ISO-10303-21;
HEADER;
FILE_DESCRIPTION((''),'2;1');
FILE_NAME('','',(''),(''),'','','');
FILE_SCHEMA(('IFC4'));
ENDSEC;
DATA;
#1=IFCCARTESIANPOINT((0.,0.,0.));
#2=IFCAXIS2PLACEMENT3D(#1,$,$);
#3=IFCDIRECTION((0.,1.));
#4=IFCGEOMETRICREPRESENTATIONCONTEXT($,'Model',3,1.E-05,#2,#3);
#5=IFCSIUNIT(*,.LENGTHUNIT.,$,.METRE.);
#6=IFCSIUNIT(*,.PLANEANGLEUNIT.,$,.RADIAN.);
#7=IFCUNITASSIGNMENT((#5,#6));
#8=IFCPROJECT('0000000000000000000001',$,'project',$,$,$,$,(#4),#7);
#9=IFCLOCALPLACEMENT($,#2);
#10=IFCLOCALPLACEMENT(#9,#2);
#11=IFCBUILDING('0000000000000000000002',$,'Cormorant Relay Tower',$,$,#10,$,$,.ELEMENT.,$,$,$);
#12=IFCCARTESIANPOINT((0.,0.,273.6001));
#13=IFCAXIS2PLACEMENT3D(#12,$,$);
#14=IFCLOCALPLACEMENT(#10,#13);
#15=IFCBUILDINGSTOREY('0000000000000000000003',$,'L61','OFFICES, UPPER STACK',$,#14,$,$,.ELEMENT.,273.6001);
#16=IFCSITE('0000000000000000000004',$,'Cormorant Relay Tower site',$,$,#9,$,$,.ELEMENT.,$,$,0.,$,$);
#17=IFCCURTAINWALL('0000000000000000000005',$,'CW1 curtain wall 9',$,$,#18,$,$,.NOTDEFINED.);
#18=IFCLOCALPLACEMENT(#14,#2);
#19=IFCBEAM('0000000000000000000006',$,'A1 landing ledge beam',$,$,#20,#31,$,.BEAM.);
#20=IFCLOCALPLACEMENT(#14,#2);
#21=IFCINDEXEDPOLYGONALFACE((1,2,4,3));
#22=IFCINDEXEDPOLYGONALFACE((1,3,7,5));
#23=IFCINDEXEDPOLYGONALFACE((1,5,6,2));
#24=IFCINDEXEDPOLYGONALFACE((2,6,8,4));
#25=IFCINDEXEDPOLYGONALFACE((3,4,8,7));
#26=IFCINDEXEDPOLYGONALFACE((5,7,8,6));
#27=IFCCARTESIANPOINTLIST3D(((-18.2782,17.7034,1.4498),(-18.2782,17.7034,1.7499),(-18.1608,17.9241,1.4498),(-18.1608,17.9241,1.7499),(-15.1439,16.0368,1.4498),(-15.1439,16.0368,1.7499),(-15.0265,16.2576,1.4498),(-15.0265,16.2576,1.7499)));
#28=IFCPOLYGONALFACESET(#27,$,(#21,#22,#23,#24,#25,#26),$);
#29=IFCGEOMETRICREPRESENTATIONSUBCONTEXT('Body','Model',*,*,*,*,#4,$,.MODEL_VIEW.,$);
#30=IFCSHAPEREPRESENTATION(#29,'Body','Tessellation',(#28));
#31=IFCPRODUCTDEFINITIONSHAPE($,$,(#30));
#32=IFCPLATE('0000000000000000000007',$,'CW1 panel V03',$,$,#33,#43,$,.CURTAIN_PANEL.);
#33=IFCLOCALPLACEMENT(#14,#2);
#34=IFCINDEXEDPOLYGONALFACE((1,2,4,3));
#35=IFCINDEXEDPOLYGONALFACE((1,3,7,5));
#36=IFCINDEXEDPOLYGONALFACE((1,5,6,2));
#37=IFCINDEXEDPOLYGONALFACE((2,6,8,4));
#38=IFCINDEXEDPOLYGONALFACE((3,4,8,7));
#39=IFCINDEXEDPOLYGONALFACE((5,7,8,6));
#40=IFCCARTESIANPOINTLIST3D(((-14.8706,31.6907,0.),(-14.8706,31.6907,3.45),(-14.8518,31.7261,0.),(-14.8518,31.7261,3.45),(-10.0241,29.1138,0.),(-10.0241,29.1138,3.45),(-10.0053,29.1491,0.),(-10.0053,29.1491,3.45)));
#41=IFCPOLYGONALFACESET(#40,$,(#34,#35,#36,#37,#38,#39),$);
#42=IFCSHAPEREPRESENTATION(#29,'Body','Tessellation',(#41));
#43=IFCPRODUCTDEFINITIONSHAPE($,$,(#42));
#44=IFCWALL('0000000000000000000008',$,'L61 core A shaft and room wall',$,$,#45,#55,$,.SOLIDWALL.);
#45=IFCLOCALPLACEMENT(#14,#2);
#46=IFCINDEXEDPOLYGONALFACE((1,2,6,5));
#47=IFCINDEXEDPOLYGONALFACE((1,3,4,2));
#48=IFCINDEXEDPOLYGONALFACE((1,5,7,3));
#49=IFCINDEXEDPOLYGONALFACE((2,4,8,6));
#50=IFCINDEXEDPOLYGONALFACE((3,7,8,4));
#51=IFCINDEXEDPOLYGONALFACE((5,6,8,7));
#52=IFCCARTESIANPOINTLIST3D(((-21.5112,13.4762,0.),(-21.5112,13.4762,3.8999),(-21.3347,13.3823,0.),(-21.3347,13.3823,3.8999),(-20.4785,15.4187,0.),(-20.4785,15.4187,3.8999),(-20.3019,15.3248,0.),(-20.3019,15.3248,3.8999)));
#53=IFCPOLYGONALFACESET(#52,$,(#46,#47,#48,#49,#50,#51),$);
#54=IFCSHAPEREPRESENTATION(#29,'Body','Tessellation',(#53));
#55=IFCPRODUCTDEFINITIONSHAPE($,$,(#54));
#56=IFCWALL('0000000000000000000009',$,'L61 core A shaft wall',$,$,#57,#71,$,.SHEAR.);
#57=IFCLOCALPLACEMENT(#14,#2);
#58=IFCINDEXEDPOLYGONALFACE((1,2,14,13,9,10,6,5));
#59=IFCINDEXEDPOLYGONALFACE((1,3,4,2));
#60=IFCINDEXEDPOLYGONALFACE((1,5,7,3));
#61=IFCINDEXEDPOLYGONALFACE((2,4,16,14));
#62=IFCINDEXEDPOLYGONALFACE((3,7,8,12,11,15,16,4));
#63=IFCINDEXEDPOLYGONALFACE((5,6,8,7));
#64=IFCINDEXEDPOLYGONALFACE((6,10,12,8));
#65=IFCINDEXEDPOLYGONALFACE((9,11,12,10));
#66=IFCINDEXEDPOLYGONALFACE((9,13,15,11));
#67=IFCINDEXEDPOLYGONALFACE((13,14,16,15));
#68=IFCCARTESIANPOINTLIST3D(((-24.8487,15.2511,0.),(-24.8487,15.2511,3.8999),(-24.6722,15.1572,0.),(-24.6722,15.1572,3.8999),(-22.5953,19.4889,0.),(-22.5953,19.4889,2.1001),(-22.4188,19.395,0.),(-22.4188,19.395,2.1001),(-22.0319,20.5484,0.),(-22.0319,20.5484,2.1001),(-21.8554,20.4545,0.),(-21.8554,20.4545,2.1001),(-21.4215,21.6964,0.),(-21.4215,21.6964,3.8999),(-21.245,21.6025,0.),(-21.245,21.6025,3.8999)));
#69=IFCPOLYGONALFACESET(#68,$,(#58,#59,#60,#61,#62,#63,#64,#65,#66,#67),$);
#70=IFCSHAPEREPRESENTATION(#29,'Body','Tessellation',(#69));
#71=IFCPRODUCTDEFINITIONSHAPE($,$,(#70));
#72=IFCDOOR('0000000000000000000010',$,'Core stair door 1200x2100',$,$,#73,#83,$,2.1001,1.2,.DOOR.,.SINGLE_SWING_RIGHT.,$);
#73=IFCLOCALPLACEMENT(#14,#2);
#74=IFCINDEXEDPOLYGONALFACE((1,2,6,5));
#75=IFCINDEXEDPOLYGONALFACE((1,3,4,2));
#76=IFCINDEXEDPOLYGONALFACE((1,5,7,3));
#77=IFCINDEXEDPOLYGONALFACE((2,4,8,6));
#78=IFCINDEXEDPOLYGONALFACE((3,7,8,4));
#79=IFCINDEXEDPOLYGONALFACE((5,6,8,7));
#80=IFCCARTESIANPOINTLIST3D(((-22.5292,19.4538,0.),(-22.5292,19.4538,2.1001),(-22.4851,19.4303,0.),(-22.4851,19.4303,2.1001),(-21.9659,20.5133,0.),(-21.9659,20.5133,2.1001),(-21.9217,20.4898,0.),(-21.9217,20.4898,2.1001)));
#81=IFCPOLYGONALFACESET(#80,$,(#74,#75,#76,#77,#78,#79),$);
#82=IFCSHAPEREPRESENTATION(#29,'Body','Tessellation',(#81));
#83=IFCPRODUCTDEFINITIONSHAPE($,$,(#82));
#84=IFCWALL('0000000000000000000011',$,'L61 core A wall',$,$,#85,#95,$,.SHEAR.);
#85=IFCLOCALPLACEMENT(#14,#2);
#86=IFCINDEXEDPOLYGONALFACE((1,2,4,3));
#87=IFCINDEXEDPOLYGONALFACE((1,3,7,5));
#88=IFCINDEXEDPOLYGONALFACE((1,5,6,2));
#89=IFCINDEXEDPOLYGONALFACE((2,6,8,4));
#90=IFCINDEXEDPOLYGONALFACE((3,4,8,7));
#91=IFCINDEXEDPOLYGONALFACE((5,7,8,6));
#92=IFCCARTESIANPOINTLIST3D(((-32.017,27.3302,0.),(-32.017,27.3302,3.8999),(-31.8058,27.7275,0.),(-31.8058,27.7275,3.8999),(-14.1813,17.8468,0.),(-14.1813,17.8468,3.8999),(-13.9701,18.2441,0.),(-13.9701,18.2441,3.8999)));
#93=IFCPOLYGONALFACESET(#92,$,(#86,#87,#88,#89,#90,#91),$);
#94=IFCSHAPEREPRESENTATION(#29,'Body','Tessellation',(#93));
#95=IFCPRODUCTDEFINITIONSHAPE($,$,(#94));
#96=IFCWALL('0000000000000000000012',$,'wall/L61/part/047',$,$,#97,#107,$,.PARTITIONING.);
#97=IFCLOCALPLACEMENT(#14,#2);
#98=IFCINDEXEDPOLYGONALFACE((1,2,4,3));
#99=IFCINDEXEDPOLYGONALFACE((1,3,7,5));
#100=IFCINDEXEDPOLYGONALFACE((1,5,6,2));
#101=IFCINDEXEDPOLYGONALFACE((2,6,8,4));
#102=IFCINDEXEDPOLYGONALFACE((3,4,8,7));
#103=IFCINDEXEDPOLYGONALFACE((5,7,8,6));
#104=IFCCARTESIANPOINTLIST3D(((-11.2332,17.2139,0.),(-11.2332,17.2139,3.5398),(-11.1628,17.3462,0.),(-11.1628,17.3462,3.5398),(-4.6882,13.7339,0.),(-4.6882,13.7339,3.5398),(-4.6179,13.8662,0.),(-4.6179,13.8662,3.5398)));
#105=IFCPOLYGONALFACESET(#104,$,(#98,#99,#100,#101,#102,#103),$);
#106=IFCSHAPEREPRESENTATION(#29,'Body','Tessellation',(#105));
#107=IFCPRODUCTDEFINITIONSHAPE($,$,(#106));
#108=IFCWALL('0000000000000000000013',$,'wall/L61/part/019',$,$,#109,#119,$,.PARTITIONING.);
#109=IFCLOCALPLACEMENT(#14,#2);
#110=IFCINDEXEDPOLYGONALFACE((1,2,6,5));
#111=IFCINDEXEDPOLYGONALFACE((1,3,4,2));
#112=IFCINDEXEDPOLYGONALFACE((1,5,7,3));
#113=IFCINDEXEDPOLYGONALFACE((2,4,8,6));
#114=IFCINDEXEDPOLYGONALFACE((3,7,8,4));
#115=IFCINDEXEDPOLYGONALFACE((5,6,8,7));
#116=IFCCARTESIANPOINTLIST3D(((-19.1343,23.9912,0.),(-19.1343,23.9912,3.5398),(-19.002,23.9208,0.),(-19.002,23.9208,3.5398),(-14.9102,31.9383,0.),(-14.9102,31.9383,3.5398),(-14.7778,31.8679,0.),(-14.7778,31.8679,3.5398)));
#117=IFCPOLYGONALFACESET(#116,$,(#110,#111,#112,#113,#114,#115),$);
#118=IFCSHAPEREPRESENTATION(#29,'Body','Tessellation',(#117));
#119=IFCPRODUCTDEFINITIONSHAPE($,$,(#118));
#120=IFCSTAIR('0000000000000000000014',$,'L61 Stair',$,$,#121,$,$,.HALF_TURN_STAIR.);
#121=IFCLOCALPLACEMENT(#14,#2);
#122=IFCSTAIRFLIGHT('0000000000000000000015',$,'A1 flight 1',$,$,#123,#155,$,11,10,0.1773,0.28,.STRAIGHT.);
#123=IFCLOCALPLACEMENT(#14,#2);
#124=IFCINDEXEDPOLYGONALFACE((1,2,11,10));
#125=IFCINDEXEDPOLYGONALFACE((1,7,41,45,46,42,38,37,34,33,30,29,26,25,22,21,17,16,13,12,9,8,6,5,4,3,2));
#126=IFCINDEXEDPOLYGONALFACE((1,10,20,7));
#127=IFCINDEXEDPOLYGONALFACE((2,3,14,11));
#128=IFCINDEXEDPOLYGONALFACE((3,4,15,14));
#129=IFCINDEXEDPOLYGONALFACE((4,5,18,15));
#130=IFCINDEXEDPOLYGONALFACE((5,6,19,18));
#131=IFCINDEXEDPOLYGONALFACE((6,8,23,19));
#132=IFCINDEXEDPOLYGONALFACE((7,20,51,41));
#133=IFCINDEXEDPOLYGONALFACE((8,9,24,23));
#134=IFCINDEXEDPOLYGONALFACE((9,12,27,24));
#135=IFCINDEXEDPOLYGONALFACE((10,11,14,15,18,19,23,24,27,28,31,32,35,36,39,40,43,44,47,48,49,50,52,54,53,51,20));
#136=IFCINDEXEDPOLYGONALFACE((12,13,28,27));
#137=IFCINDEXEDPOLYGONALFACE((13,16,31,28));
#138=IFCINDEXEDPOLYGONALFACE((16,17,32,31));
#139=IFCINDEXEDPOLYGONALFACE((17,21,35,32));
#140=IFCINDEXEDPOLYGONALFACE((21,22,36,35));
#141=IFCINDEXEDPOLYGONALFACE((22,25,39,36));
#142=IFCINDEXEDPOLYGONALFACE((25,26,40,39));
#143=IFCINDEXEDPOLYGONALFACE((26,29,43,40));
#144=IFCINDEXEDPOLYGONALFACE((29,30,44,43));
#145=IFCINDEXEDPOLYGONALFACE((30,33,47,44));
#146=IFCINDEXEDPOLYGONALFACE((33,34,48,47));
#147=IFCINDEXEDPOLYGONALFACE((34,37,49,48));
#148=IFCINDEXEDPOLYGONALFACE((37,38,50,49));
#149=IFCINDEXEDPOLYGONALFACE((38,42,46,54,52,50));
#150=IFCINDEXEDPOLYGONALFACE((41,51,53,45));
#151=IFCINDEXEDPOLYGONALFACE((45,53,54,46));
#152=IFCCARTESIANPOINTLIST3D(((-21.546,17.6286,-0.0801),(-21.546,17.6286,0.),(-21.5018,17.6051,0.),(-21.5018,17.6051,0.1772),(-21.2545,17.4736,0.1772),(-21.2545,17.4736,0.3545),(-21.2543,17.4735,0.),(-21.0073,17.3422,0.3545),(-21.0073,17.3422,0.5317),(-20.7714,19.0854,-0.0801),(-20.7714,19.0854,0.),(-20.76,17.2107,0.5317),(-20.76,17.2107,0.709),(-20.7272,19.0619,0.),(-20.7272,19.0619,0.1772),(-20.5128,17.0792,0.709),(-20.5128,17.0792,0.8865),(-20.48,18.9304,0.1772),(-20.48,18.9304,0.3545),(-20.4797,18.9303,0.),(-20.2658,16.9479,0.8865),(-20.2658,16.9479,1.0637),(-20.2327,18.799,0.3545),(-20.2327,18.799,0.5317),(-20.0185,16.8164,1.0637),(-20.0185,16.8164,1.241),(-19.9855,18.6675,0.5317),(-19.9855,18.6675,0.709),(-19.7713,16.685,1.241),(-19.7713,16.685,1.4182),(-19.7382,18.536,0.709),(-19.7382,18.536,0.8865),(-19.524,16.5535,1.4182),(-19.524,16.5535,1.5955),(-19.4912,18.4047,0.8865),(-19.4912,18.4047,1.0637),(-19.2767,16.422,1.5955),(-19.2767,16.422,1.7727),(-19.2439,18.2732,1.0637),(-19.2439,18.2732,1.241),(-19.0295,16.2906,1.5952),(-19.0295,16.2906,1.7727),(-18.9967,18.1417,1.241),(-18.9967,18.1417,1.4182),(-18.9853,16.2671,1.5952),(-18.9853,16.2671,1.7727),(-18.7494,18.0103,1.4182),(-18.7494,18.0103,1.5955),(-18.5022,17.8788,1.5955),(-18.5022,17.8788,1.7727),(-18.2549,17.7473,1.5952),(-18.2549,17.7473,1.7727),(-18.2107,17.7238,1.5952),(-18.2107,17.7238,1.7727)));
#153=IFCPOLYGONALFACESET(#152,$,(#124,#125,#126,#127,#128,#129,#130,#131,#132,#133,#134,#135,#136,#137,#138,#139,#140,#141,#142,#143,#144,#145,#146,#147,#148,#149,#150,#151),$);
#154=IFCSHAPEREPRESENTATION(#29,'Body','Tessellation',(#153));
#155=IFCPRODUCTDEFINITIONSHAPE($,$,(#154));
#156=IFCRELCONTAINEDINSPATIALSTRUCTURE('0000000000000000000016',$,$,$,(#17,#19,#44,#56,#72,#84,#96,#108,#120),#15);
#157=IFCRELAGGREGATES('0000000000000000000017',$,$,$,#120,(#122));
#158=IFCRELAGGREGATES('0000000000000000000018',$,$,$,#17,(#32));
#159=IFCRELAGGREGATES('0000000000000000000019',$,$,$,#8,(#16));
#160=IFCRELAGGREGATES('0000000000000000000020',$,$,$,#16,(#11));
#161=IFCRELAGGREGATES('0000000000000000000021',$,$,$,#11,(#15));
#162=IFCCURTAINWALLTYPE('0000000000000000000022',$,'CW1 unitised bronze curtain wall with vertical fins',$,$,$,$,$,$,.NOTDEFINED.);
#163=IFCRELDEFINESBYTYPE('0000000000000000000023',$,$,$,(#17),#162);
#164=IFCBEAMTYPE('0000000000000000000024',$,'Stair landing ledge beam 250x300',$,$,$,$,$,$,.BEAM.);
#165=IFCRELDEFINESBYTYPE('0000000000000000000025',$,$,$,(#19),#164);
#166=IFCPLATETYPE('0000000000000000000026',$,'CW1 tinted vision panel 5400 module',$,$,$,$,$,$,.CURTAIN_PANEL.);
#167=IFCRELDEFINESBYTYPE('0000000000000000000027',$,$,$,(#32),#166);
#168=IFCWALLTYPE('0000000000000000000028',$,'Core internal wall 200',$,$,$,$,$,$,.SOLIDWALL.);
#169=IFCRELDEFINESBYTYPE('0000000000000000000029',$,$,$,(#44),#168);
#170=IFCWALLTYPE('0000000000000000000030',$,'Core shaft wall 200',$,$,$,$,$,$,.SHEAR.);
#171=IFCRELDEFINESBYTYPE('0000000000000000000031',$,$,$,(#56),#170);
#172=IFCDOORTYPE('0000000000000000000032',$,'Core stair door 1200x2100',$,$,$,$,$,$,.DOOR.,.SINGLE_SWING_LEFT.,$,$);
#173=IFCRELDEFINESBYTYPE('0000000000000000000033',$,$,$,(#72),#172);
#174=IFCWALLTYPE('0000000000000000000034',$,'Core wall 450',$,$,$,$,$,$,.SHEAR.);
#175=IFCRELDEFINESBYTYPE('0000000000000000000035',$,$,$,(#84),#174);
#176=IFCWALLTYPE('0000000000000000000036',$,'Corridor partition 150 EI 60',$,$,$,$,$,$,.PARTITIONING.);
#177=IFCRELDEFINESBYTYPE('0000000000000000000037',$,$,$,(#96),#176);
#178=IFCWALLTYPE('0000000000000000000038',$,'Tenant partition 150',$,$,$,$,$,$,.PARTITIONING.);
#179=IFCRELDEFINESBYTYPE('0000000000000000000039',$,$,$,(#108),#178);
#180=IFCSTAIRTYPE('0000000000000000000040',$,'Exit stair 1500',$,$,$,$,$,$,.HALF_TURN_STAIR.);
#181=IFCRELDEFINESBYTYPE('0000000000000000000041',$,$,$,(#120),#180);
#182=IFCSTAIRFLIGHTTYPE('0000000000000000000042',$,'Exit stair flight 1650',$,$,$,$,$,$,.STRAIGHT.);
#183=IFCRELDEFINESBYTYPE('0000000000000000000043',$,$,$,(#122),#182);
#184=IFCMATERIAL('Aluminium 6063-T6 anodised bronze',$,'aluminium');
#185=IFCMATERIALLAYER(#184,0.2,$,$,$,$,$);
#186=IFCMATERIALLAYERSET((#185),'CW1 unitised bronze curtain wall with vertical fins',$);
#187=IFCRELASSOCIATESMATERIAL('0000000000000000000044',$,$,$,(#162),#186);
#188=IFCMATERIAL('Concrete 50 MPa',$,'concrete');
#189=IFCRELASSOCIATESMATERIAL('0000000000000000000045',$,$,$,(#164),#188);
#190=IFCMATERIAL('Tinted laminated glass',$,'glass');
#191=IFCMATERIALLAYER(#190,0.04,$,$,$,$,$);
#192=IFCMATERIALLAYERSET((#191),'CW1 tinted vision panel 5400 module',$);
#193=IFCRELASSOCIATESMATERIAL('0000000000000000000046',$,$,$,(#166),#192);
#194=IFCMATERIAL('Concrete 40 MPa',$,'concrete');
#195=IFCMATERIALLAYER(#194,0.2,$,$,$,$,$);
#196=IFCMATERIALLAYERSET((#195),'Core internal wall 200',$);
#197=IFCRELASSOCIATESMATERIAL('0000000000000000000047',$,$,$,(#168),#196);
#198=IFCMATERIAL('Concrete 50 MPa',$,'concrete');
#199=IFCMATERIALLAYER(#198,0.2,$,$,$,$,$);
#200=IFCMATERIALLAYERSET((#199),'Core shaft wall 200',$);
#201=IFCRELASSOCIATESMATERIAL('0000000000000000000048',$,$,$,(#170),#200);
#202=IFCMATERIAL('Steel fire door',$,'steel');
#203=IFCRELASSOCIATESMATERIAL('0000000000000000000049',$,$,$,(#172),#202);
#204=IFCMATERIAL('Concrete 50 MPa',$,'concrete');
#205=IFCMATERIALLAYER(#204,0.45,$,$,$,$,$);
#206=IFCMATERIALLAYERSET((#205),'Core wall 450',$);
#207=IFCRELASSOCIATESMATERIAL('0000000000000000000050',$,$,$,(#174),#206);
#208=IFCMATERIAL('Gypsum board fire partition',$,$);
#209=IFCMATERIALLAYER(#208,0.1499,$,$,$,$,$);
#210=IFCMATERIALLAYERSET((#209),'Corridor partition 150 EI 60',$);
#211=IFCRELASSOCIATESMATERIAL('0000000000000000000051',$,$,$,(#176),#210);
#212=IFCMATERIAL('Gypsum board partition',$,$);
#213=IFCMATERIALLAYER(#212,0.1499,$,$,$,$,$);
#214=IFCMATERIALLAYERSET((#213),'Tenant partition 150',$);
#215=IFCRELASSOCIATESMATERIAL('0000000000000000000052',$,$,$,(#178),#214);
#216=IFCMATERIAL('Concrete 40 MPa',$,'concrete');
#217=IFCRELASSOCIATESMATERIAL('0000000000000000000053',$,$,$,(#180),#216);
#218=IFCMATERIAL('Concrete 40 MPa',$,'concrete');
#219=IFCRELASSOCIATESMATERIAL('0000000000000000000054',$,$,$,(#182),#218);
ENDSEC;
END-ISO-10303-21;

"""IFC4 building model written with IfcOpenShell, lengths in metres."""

from ifc_helpers import new_model, si_unit, direction, frame, frame_2d, origin, origin_2d, place, context, subcontext, project, spatial, polyline, rectangle, outline, extrude, material, layer, layer_set, material_profile, profile_set, type_object, element, fill, aggregate, save


model = new_model("IFC4")

# Units and contexts
model_context = context("Model", 3, precision=1e-05, world=origin(), true_north=direction((0.0, 1.0)))
body_context = subcontext(model_context, "Body", "Model", "MODEL_VIEW")
ifc_project = project(units=[si_unit("LENGTHUNIT", "METRE"), si_unit("PLANEANGLEUNIT", "RADIAN")], contexts=[model_context])

# Site, building, storey
site_placement = place(None, origin())
site = spatial("IfcSite", under=ifc_project, at=site_placement, Name="Cormorant Relay Tower site", CompositionType="ELEMENT", RefElevation=0.0)
building_placement = place(site_placement, origin())
building = spatial("IfcBuilding", under=site, at=building_placement, Name="Cormorant Relay Tower", CompositionType="ELEMENT")
storey_placement = place(building_placement, frame((0.0, 0.0, 273.6001)))
storey = spatial("IfcBuildingStorey", under=building, at=storey_placement, Name="L61", Description="OFFICES, UPPER STACK", CompositionType="ELEMENT", Elevation=273.6001)

# Curtain wall
ifc_material_1 = material(Name="Aluminium 6063-T6 anodised bronze", Category="aluminium")
ifc_layer_1 = layer(ifc_material_1, 0.2)
ifc_layer_set_1 = layer_set([ifc_layer_1], Name="CW1 unitised bronze curtain wall with vertical fins")
curtain_wall_type = type_object("IfcCurtainWallType", Name="CW1 unitised bronze curtain wall with vertical fins", PredefinedType="NOTDEFINED", material=ifc_layer_set_1)
curtain_wall_placement = place(storey_placement, origin())
curtain_wall = element("IfcCurtainWall", 1, at=curtain_wall_placement, inside=storey, type_object=curtain_wall_type, Name="CW1 curtain wall 9", PredefinedType="NOTDEFINED")

# Beam
ifc_material_2 = material(Name="Concrete 50 MPa", Category="concrete")
ifc_material_profile_1 = material_profile(ifc_material_2, rectangle(XDim=0.25, YDim=0.3, at=origin_2d()), Name="RC 250x300")
ifc_profile_set_1 = profile_set([ifc_material_profile_1], Name="Concrete 50 MPa")
beam_type_1 = type_object("IfcBeamType", Name="Stair landing ledge beam 250x300", PredefinedType="BEAM", material=ifc_profile_set_1)
beam_1_placement = place(storey_placement, frame((-18.2195, 17.8137, 1.5999), z_axis=(0.88295, -0.469467, 0.0), x_axis=(0.469467, 0.88295, 0.0)))
element("IfcBeam", 2, at=beam_1_placement, inside=storey, type_object=beam_type_1, Name="A1 landing ledge beam", PredefinedType="BEAM", context=body_context, shape_type="SweptSolid", body=[
    extrude(rectangle(XDim=0.25, YDim=0.3, at=origin_2d()), origin(), (0.0, 0.0, 1.0), 3.5498),
])

# Plate
ifc_material_3 = material(Name="Tinted laminated glass", Category="glass")
ifc_layer_2 = layer(ifc_material_3, 0.04)
ifc_layer_set_2 = layer_set([ifc_layer_2], Name="CW1 tinted vision panel 5400 module")
plate_type = type_object("IfcPlateType", Name="CW1 tinted vision panel 5400 module", PredefinedType="CURTAIN_PANEL", material=ifc_layer_set_2)
plate_placement = place(storey_placement, frame((-12.438, 30.4199, 0.0), z_axis=(0.0, 0.0, 1.0), x_axis=(-0.882948, 0.469472, 0.0)))
plate = element("IfcPlate", 3, at=plate_placement, type_object=plate_type, Name="CW1 panel V03", PredefinedType="CURTAIN_PANEL", context=body_context, shape_type="SweptSolid", body=[
    extrude(rectangle(XDim=5.489, YDim=0.04, at=origin_2d()), origin(), (0.0, 0.0, 1.0), 3.45),
])

# Wall
ifc_material_4 = material(Name="Concrete 40 MPa", Category="concrete")
ifc_layer_3 = layer(ifc_material_4, 0.2)
ifc_layer_set_3 = layer_set([ifc_layer_3], Name="Core internal wall 200")
wall_type_1 = type_object("IfcWallType", Name="Core internal wall 200", PredefinedType="SOLIDWALL", material=ifc_layer_set_3)
wall_1_placement = place(storey_placement, frame((-20.3901, 15.3718, 0.0), z_axis=(0.0, 0.0, 1.0), x_axis=(-0.469447, -0.88296, 0.0)))
element("IfcWall", 4, at=wall_1_placement, inside=storey, type_object=wall_type_1, Name="L61 core A shaft and room wall", PredefinedType="SOLIDWALL", context=body_context, shape_type="SweptSolid", body=[
    extrude(rectangle(XDim=2.2, YDim=0.2, at=frame_2d((1.1001, 0.0))), origin(), (0.0, 0.0, 1.0), 3.8999),
])

# Wall, opening, door
ifc_material_5 = material(Name="Concrete 50 MPa", Category="concrete")
ifc_layer_4 = layer(ifc_material_5, 0.2)
ifc_layer_set_4 = layer_set([ifc_layer_4], Name="Core shaft wall 200")
wall_type_2 = type_object("IfcWallType", Name="Core shaft wall 200", PredefinedType="SHEAR", material=ifc_layer_set_4)
wall_2_placement = place(storey_placement, frame((-21.3333, 21.6494, 0.0), z_axis=(0.0, 0.0, 1.0), x_axis=(-0.469494, -0.882936, 0.0)))
wall_2 = element("IfcWall", 5, at=wall_2_placement, inside=storey, type_object=wall_type_2, Name="L61 core A shaft wall", PredefinedType="SHEAR", context=body_context, shape_type="SweptSolid", body=[
    extrude(rectangle(XDim=7.2998, YDim=0.2, at=frame_2d((3.6499, 0.0))), origin(), (0.0, 0.0, 1.0), 3.8999),
])
opening_1_placement = place(wall_2_placement, frame((1.3, 0.0, 0.0)))
opening_1 = element("IfcOpeningElement", 6, at=opening_1_placement, cuts=wall_2, PredefinedType="OPENING", context=body_context, shape_type="SweptSolid", body=[
    extrude(rectangle(XDim=1.2, YDim=2.1001, at=frame_2d((0.6001, 1.05))), frame((0.0, 0.1099, 0.0), z_axis=(0.0, -1.0, 0.0), x_axis=(1.0, 0.0, 0.0)), (0.0, 0.0, 1.0), 0.22),
])
ifc_material_6 = material(Name="Steel fire door", Category="steel")
door_type_1 = type_object("IfcDoorType", Name="Core stair door 1200x2100", OperationType="SINGLE_SWING_LEFT", PredefinedType="DOOR", material=ifc_material_6)
door_1_placement = place(opening_1_placement, origin())
door_1 = element("IfcDoor", 7, at=door_1_placement, inside=storey, type_object=door_type_1, Name="Core stair door 1200x2100", OperationType="SINGLE_SWING_RIGHT", OverallHeight=2.1001, OverallWidth=1.2, PredefinedType="DOOR", context=body_context, shape_type="SweptSolid", body=[
    extrude(rectangle(XDim=1.2, YDim=2.1001, at=frame_2d((0.6001, 1.05))), frame((0.0, 0.0249, 0.0), z_axis=(0.0, -1.0, 0.0), x_axis=(1.0, 0.0, 0.0)), (0.0, 0.0, 1.0), 0.05),
])
fill(opening_1, door_1)
ifc_material_7 = material(Name="Concrete 50 MPa", Category="concrete")
ifc_layer_5 = layer(ifc_material_7, 0.45)
ifc_layer_set_5 = layer_set([ifc_layer_5], Name="Core wall 450")
wall_type_3 = type_object("IfcWallType", Name="Core wall 450", PredefinedType="SHEAR", material=ifc_layer_set_5)

# Walls
wall_3_placement = place(storey_placement, frame((-14.0757, 18.0454, 0.0), z_axis=(0.0, 0.0, 1.0), x_axis=(-0.882948, 0.469471, 0.0)))
element("IfcWall", 8, at=wall_3_placement, inside=storey, type_object=wall_type_3, Name="L61 core A wall", PredefinedType="SHEAR", context=body_context, shape_type="SweptSolid", body=[
    extrude(rectangle(XDim=20.2002, YDim=0.45, at=frame_2d((10.1001, 0.0))), origin(), (0.0, 0.0, 1.0), 3.8999),
])
ifc_material_8 = material(Name="Gypsum board fire partition")
ifc_layer_6 = layer(ifc_material_8, 0.1499)
ifc_layer_set_6 = layer_set([ifc_layer_6], Name="Corridor partition 150 EI 60")
wall_type_4 = type_object("IfcWallType", Name="Corridor partition 150 EI 60", PredefinedType="PARTITIONING", material=ifc_layer_set_6)
wall_4_placement = place(storey_placement, frame((-11.198, 17.28, 0.0), z_axis=(0.0, 0.0, 1.0), x_axis=(0.882948, -0.46947, 0.0)))
element("IfcWall", 9, at=wall_4_placement, inside=storey, type_object=wall_type_4, Name="wall/L61/part/047", PredefinedType="PARTITIONING", context=body_context, shape_type="SweptSolid", body=[
    extrude(rectangle(XDim=7.4126, YDim=0.1499, at=frame_2d((3.7063, 0.0))), origin(), (0.0, 0.0, 1.0), 3.5398),
])
ifc_material_9 = material(Name="Gypsum board partition")
ifc_layer_7 = layer(ifc_material_9, 0.1499)
ifc_layer_set_7 = layer_set([ifc_layer_7], Name="Tenant partition 150")
wall_type_5 = type_object("IfcWallType", Name="Tenant partition 150", PredefinedType="PARTITIONING", material=ifc_layer_set_7)
wall_5_placement = place(storey_placement, frame((-14.844, 31.9031, 0.0), z_axis=(0.0, 0.0, 1.0), x_axis=(-0.469352, -0.883011, 0.0)))
element("IfcWall", 10, at=wall_5_placement, inside=storey, type_object=wall_type_5, Name="wall/L61/part/019", PredefinedType="PARTITIONING", context=body_context, shape_type="SweptSolid", body=[
    extrude(rectangle(XDim=9.0, YDim=0.1499, at=frame_2d((4.5, 0.0))), origin(), (0.0, 0.0, 1.0), 3.5398),
])

# Stair, stair flight
ifc_material_10 = material(Name="Concrete 40 MPa", Category="concrete")
stair_type = type_object("IfcStairType", Name="Exit stair 1500", PredefinedType="HALF_TURN_STAIR", material=ifc_material_10)
stair_placement = place(storey_placement, origin())
stair = element("IfcStair", 11, at=stair_placement, inside=storey, type_object=stair_type, Name="L61 Stair", PredefinedType="HALF_TURN_STAIR")
ifc_material_11 = material(Name="Concrete 40 MPa", Category="concrete")
stair_flight_type = type_object("IfcStairFlightType", Name="Exit stair flight 1650", PredefinedType="STRAIGHT", material=ifc_material_11)
stair_flight_1_placement = place(storey_placement, frame((-21.1145, 18.3335, 0.0), z_axis=(0.0, 0.0, 1.0), x_axis=(0.882948, -0.469472, 0.0)))
stair_flight_1 = element("IfcStairFlight", 12, at=stair_flight_1_placement, type_object=stair_flight_type, Name="A1 flight 1", NumberOfRisers=11, NumberOfTreads=10, PredefinedType="STRAIGHT", RiserHeight=0.1773, TreadLength=0.28, context=body_context, shape_type="SweptSolid", body=[
    extrude(outline(polyline([(-0.05, -0.0801), (-0.05, 0.0), (0.0, 0.0), (0.0, 0.1772), (0.28, 0.1772), (0.28, 0.3545), (0.5601, 0.3545), (0.5601, 0.5317), (0.8401, 0.5317), (0.8401, 0.709), (1.1201, 0.709), (1.1201, 0.8865), (1.3999, 0.8865), (1.3999, 1.0637), (1.6799, 1.0637), (1.6799, 1.241), (1.96, 1.241), (1.96, 1.4182), (2.24, 1.4182), (2.24, 1.5955), (2.52, 1.5955), (2.52, 1.7727), (2.8, 1.7727), (2.8501, 1.7727), (2.8501, 1.5952), (2.8, 1.5952), (0.2803, 0.0), (-0.05, -0.0801)])), frame((0.0, 0.825, 0.0), z_axis=(0.0, -1.0, 0.0), x_axis=(1.0, 0.0, 0.0)), (0.0, 0.0, 1.0), 1.6499),
])
aggregate(stair, [stair_flight_1])

aggregate(curtain_wall, [plate])

save(model, "model.ifc")
